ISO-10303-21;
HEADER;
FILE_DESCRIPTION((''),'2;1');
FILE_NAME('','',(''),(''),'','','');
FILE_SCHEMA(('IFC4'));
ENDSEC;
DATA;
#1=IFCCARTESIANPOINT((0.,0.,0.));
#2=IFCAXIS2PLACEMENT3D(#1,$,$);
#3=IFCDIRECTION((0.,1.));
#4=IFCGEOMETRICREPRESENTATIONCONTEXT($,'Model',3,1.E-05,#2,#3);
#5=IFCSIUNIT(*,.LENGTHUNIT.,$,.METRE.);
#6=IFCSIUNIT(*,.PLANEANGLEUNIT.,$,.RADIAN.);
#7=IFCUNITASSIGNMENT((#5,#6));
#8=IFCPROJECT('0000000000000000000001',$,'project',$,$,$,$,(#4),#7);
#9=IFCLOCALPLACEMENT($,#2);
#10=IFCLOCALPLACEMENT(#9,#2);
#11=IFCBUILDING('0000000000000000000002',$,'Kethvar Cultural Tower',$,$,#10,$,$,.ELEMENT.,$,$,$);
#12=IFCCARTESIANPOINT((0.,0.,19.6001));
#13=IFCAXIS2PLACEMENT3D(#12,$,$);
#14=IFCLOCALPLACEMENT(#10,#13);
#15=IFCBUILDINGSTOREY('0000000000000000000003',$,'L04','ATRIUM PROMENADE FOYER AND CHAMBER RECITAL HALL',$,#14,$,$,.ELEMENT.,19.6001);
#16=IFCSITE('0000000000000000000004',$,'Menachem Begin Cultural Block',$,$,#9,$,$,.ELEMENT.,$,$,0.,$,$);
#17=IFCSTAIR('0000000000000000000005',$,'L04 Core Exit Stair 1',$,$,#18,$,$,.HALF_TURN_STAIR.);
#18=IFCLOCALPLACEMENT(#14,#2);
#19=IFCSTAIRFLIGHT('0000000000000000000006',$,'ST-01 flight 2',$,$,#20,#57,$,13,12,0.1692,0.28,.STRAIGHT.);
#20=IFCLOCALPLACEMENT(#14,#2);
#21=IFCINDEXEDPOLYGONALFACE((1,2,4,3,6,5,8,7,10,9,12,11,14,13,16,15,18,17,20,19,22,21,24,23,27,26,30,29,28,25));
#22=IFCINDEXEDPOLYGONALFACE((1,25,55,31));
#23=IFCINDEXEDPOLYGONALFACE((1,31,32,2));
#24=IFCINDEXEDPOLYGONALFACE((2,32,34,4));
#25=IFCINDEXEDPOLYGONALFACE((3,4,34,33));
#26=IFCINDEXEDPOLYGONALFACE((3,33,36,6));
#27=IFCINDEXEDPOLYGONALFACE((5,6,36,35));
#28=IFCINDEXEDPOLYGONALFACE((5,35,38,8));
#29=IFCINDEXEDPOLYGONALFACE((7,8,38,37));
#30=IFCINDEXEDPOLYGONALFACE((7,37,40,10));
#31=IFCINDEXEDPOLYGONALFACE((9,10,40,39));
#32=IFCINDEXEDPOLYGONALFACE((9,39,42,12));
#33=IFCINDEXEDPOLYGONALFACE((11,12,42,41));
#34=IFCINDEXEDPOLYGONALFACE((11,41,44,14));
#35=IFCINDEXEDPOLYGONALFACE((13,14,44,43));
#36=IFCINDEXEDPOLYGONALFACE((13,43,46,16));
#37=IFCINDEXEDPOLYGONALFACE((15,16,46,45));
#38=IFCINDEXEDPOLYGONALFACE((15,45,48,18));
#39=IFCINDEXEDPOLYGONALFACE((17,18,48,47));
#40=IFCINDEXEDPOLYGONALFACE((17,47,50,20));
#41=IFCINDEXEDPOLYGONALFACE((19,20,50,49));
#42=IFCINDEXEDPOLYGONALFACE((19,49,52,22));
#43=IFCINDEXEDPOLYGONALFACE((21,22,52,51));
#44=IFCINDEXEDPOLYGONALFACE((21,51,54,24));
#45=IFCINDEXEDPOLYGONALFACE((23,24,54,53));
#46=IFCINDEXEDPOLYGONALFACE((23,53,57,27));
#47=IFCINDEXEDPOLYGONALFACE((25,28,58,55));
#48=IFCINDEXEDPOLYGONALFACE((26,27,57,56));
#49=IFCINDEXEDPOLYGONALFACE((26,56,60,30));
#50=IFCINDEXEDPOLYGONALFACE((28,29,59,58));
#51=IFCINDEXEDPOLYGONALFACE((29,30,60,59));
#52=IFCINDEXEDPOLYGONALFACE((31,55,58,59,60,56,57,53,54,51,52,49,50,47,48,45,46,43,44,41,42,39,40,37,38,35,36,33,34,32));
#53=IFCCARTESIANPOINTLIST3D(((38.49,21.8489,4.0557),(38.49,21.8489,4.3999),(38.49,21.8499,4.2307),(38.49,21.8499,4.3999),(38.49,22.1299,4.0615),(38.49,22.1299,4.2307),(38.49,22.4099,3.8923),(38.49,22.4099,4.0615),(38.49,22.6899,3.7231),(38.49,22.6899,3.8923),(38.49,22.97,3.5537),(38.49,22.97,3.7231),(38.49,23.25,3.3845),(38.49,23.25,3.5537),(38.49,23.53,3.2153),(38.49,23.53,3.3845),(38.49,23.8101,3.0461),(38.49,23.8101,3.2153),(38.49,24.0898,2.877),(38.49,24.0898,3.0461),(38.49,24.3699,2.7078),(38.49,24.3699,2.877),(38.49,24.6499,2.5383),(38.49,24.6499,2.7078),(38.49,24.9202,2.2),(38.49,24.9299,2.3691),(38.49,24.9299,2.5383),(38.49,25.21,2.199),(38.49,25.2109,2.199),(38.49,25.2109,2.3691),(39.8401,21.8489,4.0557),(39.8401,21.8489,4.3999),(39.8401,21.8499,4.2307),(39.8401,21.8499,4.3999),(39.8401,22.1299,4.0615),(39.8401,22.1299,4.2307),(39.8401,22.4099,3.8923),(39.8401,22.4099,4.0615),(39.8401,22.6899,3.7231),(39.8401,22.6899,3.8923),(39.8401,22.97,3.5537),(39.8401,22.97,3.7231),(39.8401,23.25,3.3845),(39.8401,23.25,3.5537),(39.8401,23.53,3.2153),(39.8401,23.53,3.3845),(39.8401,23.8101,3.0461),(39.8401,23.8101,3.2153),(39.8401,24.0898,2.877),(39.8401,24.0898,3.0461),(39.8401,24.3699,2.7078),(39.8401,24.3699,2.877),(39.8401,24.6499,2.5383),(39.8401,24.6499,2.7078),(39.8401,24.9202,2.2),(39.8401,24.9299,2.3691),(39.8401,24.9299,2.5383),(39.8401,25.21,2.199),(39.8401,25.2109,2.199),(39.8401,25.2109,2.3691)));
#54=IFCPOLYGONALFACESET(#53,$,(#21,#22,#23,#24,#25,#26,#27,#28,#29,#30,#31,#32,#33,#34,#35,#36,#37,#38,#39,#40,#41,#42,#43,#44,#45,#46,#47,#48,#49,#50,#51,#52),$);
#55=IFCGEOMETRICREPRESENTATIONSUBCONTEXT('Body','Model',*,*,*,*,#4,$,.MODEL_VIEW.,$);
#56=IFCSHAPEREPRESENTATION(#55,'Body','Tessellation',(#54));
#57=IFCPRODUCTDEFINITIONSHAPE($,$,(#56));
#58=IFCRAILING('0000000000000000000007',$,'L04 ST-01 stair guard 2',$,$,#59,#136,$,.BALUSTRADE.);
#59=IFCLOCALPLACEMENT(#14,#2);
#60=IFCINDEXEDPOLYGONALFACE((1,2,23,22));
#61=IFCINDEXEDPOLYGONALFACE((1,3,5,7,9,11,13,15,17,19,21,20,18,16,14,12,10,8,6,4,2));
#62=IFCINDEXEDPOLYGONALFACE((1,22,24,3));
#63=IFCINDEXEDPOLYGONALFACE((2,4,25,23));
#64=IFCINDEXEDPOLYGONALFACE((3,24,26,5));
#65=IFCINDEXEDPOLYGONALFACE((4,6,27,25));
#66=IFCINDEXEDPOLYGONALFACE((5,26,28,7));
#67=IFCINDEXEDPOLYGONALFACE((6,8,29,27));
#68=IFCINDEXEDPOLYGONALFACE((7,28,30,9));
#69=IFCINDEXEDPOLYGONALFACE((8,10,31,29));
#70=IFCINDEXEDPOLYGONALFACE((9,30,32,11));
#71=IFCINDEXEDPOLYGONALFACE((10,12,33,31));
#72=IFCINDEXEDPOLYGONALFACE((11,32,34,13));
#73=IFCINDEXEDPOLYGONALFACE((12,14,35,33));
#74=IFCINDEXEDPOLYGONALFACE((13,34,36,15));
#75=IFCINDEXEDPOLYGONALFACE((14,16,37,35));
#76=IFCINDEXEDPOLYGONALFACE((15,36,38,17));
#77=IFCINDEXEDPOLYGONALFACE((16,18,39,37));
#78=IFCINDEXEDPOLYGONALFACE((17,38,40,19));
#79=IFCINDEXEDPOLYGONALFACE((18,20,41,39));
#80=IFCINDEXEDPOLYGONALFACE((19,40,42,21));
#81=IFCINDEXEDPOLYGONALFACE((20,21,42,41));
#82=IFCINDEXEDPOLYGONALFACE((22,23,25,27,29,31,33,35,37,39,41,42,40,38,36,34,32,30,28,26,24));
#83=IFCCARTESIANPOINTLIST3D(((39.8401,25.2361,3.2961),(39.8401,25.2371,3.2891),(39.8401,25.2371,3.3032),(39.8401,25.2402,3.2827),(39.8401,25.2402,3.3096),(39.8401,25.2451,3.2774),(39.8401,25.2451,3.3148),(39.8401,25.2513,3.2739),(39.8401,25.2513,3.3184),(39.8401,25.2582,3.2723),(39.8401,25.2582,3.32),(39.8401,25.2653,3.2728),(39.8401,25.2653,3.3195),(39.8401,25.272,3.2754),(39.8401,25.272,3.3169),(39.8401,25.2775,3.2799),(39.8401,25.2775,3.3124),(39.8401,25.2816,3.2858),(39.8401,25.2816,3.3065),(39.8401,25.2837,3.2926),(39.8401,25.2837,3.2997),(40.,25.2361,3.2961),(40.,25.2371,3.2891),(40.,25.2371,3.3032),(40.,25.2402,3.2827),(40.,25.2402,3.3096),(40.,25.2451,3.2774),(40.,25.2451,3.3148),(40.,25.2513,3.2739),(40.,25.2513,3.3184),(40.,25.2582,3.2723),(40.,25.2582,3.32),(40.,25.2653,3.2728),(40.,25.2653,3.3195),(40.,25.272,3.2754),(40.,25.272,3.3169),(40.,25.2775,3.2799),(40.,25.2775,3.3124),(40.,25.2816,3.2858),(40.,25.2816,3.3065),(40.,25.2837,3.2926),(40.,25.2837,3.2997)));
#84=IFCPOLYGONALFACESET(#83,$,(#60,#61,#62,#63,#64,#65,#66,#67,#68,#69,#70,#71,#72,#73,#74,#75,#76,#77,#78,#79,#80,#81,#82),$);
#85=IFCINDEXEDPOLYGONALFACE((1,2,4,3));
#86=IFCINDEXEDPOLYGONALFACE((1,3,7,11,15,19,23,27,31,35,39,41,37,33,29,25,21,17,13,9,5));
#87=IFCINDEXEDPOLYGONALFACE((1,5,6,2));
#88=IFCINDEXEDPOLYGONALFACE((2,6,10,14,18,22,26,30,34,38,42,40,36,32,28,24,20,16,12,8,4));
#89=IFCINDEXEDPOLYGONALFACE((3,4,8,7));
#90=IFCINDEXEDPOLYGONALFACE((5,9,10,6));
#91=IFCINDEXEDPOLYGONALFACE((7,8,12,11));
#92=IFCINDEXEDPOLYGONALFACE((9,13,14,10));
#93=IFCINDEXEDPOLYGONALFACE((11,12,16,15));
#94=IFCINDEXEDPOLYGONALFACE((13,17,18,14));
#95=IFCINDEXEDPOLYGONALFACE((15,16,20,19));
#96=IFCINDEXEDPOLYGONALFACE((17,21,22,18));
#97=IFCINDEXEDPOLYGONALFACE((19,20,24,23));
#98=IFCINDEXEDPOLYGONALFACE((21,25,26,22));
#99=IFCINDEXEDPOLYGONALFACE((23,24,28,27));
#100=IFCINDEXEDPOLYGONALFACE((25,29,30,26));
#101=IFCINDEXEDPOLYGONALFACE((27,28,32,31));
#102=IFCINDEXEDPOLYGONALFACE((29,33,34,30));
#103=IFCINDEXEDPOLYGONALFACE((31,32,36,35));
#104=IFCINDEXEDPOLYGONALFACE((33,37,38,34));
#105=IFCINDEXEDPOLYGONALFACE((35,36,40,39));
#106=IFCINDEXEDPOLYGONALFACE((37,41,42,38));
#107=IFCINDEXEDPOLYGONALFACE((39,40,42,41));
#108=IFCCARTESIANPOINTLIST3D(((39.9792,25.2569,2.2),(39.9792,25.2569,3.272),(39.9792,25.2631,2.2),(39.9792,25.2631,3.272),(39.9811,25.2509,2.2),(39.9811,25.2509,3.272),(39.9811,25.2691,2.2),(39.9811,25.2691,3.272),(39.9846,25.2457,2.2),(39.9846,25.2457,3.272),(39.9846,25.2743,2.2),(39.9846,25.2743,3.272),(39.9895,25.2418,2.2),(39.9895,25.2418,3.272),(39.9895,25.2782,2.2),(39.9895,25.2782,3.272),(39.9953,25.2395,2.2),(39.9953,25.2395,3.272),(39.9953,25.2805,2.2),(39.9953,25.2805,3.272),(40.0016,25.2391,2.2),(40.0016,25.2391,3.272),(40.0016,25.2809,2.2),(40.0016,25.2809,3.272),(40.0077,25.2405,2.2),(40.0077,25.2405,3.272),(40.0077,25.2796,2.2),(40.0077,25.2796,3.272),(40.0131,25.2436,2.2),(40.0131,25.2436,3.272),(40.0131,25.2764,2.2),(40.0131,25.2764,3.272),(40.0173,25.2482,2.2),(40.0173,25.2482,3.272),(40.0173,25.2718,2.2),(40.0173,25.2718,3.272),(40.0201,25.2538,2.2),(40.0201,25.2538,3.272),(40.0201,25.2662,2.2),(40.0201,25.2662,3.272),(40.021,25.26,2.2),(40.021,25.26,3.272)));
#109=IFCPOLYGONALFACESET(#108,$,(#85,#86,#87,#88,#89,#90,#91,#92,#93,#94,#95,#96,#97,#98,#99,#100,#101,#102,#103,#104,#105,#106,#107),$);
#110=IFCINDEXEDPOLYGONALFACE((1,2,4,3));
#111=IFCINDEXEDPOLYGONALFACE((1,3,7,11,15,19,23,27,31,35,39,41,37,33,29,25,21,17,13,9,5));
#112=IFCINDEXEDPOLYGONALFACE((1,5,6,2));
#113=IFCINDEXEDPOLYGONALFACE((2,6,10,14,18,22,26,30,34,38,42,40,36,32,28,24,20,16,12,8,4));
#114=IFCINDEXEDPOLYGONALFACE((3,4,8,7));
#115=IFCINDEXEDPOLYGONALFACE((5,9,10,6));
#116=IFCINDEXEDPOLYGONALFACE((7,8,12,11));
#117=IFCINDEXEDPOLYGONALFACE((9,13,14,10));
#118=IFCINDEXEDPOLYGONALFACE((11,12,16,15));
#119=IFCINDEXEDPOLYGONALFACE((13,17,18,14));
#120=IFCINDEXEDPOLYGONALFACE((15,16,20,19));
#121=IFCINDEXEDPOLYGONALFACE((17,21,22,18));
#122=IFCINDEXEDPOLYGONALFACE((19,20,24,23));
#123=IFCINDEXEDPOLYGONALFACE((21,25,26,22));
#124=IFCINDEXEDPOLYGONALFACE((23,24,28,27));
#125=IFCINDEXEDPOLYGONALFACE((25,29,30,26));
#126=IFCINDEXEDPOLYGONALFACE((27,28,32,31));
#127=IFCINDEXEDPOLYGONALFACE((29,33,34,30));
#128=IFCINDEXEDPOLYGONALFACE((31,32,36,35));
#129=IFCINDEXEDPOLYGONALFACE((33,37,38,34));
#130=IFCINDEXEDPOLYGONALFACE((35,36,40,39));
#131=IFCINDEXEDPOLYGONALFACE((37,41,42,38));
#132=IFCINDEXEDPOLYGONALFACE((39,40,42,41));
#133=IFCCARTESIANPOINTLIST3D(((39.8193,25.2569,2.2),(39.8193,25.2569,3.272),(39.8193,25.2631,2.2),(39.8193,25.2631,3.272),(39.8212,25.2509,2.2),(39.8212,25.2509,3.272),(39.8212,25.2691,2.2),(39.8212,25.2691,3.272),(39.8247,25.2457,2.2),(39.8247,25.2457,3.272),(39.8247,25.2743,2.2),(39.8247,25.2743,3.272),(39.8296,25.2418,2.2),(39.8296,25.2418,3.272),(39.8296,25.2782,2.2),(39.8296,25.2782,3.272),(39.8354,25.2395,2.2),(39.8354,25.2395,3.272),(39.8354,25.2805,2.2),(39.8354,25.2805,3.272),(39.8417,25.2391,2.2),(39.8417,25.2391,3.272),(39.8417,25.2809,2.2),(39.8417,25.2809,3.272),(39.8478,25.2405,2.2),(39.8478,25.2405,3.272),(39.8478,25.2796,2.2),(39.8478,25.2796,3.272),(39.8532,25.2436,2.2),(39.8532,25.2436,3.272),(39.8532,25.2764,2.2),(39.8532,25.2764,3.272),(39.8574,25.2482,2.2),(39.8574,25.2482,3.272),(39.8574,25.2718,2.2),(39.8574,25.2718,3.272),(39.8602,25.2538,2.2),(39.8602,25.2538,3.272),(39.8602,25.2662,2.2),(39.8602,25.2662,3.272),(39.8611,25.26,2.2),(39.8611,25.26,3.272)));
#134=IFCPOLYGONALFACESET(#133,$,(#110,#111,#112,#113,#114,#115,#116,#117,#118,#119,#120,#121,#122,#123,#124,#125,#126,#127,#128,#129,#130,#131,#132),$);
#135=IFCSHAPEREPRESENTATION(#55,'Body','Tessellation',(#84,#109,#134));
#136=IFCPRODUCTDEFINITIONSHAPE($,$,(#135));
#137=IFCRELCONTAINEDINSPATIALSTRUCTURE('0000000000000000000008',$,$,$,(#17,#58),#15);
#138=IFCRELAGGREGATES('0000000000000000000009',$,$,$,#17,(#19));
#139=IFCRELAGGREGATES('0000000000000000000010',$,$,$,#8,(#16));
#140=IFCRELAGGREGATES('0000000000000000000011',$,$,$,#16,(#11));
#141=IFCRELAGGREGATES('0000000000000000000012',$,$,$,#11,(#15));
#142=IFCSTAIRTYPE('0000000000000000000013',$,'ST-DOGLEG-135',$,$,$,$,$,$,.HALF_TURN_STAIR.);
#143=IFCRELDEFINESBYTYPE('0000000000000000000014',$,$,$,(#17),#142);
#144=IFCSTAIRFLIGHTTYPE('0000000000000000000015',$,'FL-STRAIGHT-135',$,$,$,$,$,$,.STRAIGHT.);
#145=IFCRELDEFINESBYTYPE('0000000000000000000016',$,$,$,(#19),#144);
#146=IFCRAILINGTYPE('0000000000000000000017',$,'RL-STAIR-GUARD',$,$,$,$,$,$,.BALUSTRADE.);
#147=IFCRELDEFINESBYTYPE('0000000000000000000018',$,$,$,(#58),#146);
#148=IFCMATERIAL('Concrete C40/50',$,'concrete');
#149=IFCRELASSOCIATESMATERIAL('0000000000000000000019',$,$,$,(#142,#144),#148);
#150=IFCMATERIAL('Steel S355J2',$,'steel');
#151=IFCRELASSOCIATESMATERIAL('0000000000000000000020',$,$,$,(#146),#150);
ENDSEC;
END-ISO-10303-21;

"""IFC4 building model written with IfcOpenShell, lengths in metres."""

from ifc_helpers import new_model, si_unit, direction, frame, origin, origin_2d, place, context, subcontext, project, spatial, polyline, circle, outline, extrude, material, type_object, element, aggregate, save


model = new_model("IFC4")

# Units and contexts
model_context = context("Model", 3, precision=1e-05, world=origin(), true_north=direction((0.0, 1.0)))
body_context = subcontext(model_context, "Body", "Model", "MODEL_VIEW")
ifc_project = project(units=[si_unit("LENGTHUNIT", "METRE"), si_unit("PLANEANGLEUNIT", "RADIAN")], contexts=[model_context])

# Site, building, storey
site_placement = place(None, origin())
site = spatial("IfcSite", under=ifc_project, at=site_placement, Name="Menachem Begin Cultural Block", CompositionType="ELEMENT", RefElevation=0.0)
building_placement = place(site_placement, origin())
building = spatial("IfcBuilding", under=site, at=building_placement, Name="Kethvar Cultural Tower", CompositionType="ELEMENT")
storey_placement = place(building_placement, frame((0.0, 0.0, 19.6001)))
storey = spatial("IfcBuildingStorey", under=building, at=storey_placement, Name="L04", Description="ATRIUM PROMENADE FOYER AND CHAMBER RECITAL HALL", CompositionType="ELEMENT", Elevation=19.6001)

# Shared definitions
ifc_material_1 = material(Name="Steel S355J2", Category="steel")

# Shared definitions
ifc_material_2 = material(Name="Concrete C40/50", Category="concrete")

# Stair, stair flight
stair_type = type_object("IfcStairType", Name="ST-DOGLEG-135", PredefinedType="HALF_TURN_STAIR", material=ifc_material_2)
stair_placement = place(storey_placement, origin())
stair = element("IfcStair", 1, at=stair_placement, inside=storey, type_object=stair_type, Name="L04 Core Exit Stair 1", PredefinedType="HALF_TURN_STAIR")
stair_flight_type = type_object("IfcStairFlightType", Name="FL-STRAIGHT-135", PredefinedType="STRAIGHT", material=ifc_material_2)
stair_flight_placement = place(storey_placement, frame((39.165, 25.21, 2.2), z_axis=(0.0, 0.0, 1.0), x_axis=(0.0, -1.0, 0.0)))
stair_flight = element("IfcStairFlight", 2, at=stair_flight_placement, type_object=stair_flight_type, Name="ST-01 flight 2", NumberOfRisers=13, NumberOfTreads=12, PredefinedType="STRAIGHT", RiserHeight=0.1692, TreadLength=0.28, context=body_context, shape_type="SweptSolid", body=[
    extrude(outline(polyline([(-0.001, -0.001), (-0.001, 0.1692), (0.28, 0.1692), (0.28, 0.3384), (0.5601, 0.3384), (0.5601, 0.5078), (0.8401, 0.5078), (0.8401, 0.677), (1.1201, 0.677), (1.1201, 0.8462), (1.3999, 0.8462), (1.3999, 1.0154), (1.6799, 1.0154), (1.6799, 1.1846), (1.96, 1.1846), (1.96, 1.3538), (2.24, 1.3538), (2.24, 1.5232), (2.52, 1.5232), (2.52, 1.6924), (2.8, 1.6924), (2.8, 1.8616), (3.0801, 1.8616), (3.0801, 2.0308), (3.3601, 2.0308), (3.3601, 2.2), (3.3611, 2.2), (3.3611, 1.8557), (0.2898, 0.0), (0.0, -0.001), (-0.001, -0.001)])), frame((0.0, 0.675, 0.0), z_axis=(0.0, -1.0, 0.0), x_axis=(1.0, 0.0, 0.0)), (0.0, 0.0, 1.0), 1.3501),
])
aggregate(stair, [stair_flight])

# Railing
railing_type_1 = type_object("IfcRailingType", Name="RL-STAIR-GUARD", PredefinedType="BALUSTRADE", material=ifc_material_1)
railing_1_placement = place(storey_placement, frame((40.0, 25.26, 2.2)))
element("IfcRailing", 3, at=railing_1_placement, inside=storey, type_object=railing_type_1, Name="L04 ST-01 stair guard 2", PredefinedType="BALUSTRADE", context=body_context, shape_type="SweptSolid", body=[
    extrude(circle(Radius=0.0239, at=origin_2d()), frame((0.0, 0.0, 1.0962), z_axis=(-1.0, 0.0, 0.0), x_axis=(0.0, -1.0, 0.0)), (0.0, 0.0, 1.0), 0.1599),
    extrude(circle(Radius=0.021, at=origin_2d()), origin(), (0.0, 0.0, 1.0), 1.072),
    extrude(circle(Radius=0.021, at=origin_2d()), frame((-0.1599, 0.0, 0.0)), (0.0, 0.0, 1.0), 1.072),
])

save(model, "model.ifc")
